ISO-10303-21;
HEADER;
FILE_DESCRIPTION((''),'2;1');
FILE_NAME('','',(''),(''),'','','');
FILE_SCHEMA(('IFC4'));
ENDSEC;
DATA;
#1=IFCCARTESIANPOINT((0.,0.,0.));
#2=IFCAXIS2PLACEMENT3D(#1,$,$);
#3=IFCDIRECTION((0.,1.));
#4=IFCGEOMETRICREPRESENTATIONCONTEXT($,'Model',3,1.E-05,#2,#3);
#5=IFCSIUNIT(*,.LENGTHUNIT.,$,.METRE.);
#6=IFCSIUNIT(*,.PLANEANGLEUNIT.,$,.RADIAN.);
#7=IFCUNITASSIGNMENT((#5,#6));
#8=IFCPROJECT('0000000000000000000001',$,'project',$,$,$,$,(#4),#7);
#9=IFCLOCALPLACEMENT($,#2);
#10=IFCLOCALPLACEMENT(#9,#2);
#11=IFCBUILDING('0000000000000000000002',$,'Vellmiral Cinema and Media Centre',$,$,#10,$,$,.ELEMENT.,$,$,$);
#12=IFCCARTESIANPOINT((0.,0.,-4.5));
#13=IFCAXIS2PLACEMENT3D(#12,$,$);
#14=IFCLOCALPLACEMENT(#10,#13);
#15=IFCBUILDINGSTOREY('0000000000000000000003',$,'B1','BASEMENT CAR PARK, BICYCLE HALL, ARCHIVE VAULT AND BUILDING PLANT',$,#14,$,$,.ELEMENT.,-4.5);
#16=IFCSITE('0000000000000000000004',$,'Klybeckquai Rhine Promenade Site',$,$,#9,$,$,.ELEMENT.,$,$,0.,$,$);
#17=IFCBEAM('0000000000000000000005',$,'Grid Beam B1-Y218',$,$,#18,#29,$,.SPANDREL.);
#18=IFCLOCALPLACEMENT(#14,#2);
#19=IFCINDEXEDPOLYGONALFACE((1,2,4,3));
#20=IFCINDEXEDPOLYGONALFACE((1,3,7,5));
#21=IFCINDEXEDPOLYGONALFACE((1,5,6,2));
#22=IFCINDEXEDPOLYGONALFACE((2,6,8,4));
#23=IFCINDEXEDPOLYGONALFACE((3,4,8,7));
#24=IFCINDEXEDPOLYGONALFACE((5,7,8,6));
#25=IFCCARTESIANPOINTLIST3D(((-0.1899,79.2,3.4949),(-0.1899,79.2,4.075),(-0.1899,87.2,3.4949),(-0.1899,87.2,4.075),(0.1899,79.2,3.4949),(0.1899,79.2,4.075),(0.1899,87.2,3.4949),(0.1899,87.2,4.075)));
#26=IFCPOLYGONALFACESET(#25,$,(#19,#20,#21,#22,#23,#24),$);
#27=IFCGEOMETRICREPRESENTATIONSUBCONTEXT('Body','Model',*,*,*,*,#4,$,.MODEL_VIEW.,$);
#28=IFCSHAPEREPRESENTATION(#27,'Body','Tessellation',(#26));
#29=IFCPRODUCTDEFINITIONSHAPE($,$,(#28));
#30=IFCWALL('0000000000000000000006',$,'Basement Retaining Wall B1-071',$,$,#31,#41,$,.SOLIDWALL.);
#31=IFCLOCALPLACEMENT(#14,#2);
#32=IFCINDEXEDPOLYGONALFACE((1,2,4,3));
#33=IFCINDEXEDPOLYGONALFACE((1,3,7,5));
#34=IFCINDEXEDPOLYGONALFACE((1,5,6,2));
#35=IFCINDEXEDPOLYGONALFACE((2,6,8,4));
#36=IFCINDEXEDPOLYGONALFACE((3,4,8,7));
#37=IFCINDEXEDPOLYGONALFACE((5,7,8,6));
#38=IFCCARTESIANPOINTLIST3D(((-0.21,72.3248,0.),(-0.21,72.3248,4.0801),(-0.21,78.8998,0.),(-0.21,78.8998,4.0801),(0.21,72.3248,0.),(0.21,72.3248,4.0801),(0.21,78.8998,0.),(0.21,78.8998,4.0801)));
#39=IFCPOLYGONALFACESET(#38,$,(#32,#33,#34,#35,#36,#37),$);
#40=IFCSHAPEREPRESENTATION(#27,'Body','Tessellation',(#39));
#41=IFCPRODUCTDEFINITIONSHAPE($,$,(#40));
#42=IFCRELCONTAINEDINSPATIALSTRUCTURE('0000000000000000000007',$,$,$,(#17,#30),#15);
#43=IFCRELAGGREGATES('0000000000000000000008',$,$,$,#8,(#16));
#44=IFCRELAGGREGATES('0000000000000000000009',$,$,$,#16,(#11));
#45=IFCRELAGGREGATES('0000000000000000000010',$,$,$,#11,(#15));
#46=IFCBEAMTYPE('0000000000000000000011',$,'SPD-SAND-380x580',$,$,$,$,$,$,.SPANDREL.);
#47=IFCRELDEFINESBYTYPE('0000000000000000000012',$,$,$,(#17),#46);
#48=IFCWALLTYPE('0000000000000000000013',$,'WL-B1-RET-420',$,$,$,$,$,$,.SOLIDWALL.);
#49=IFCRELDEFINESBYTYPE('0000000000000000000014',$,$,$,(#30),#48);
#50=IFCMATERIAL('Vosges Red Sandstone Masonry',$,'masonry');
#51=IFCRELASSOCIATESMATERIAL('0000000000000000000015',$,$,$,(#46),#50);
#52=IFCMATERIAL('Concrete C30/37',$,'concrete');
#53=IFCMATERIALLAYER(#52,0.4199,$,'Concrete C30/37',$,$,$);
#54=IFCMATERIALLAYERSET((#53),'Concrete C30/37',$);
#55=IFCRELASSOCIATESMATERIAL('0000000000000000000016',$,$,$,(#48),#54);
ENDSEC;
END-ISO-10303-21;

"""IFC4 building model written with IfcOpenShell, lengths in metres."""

from ifc_helpers import new_model, si_unit, direction, frame, frame_2d, origin, origin_2d, place, context, subcontext, project, spatial, rectangle, extrude, material, layer, layer_set, material_profile, profile_set, type_object, element, save


model = new_model("IFC4")

# Units and contexts
model_context = context("Model", 3, precision=1e-05, world=origin(), true_north=direction((0.0, 1.0)))
body_context = subcontext(model_context, "Body", "Model", "MODEL_VIEW")
ifc_project = project(units=[si_unit("LENGTHUNIT", "METRE"), si_unit("PLANEANGLEUNIT", "RADIAN")], contexts=[model_context])

# Site, building, storey
site_placement = place(None, origin())
site = spatial("IfcSite", under=ifc_project, at=site_placement, Name="Klybeckquai Rhine Promenade Site", CompositionType="ELEMENT", RefElevation=0.0)
building_placement = place(site_placement, origin())
building = spatial("IfcBuilding", under=site, at=building_placement, Name="Vellmiral Cinema and Media Centre", CompositionType="ELEMENT")
storey_placement = place(building_placement, frame((0.0, 0.0, -4.5)))
storey = spatial("IfcBuildingStorey", under=building, at=storey_placement, Name="B1", Description="BASEMENT CAR PARK, BICYCLE HALL, ARCHIVE VAULT AND BUILDING PLANT", CompositionType="ELEMENT", Elevation=-4.5)

# Beam
ifc_material_1 = material(Name="Vosges Red Sandstone Masonry", Category="masonry")
ifc_material_profile_1 = material_profile(ifc_material_1, rectangle(XDim=0.3799, YDim=0.5801, at=origin_2d()), Name="SAND 380x580")
ifc_profile_set_1 = profile_set([ifc_material_profile_1], Name="Vosges Red Sandstone Masonry")
beam_type_1 = type_object("IfcBeamType", Name="SPD-SAND-380x580", PredefinedType="SPANDREL", material=ifc_profile_set_1)
beam_1_placement = place(storey_placement, frame((0.0, 79.2, 3.7849), z_axis=(0.0, 1.0, 0.0), x_axis=(-1.0, 0.0, 0.0)))
element("IfcBeam", 1, at=beam_1_placement, inside=storey, type_object=beam_type_1, Name="Grid Beam B1-Y218", PredefinedType="SPANDREL", context=body_context, shape_type="SweptSolid", body=[
    extrude(rectangle(XDim=0.3799, YDim=0.5801, at=origin_2d()), origin(), (0.0, 0.0, 1.0), 8.0),
])

# Wall
ifc_material_2 = material(Name="Concrete C30/37", Category="concrete")
ifc_layer = layer(ifc_material_2, 0.4199, Name="Concrete C30/37")
ifc_layer_set = layer_set([ifc_layer], Name="Concrete C30/37")
wall_type = type_object("IfcWallType", Name="WL-B1-RET-420", PredefinedType="SOLIDWALL", material=ifc_layer_set)
wall_placement = place(storey_placement, frame((0.0, 78.8999, 0.0), z_axis=(0.0, 0.0, 1.0), x_axis=(0.0, -1.0, 0.0)))
element("IfcWall", 2, at=wall_placement, inside=storey, type_object=wall_type, Name="Basement Retaining Wall B1-071", PredefinedType="SOLIDWALL", context=body_context, shape_type="SweptSolid", body=[
    extrude(rectangle(XDim=6.575, YDim=0.4199, at=frame_2d((3.2876, 0.0))), origin(), (0.0, 0.0, 1.0), 4.0801),
])

save(model, "model.ifc")
